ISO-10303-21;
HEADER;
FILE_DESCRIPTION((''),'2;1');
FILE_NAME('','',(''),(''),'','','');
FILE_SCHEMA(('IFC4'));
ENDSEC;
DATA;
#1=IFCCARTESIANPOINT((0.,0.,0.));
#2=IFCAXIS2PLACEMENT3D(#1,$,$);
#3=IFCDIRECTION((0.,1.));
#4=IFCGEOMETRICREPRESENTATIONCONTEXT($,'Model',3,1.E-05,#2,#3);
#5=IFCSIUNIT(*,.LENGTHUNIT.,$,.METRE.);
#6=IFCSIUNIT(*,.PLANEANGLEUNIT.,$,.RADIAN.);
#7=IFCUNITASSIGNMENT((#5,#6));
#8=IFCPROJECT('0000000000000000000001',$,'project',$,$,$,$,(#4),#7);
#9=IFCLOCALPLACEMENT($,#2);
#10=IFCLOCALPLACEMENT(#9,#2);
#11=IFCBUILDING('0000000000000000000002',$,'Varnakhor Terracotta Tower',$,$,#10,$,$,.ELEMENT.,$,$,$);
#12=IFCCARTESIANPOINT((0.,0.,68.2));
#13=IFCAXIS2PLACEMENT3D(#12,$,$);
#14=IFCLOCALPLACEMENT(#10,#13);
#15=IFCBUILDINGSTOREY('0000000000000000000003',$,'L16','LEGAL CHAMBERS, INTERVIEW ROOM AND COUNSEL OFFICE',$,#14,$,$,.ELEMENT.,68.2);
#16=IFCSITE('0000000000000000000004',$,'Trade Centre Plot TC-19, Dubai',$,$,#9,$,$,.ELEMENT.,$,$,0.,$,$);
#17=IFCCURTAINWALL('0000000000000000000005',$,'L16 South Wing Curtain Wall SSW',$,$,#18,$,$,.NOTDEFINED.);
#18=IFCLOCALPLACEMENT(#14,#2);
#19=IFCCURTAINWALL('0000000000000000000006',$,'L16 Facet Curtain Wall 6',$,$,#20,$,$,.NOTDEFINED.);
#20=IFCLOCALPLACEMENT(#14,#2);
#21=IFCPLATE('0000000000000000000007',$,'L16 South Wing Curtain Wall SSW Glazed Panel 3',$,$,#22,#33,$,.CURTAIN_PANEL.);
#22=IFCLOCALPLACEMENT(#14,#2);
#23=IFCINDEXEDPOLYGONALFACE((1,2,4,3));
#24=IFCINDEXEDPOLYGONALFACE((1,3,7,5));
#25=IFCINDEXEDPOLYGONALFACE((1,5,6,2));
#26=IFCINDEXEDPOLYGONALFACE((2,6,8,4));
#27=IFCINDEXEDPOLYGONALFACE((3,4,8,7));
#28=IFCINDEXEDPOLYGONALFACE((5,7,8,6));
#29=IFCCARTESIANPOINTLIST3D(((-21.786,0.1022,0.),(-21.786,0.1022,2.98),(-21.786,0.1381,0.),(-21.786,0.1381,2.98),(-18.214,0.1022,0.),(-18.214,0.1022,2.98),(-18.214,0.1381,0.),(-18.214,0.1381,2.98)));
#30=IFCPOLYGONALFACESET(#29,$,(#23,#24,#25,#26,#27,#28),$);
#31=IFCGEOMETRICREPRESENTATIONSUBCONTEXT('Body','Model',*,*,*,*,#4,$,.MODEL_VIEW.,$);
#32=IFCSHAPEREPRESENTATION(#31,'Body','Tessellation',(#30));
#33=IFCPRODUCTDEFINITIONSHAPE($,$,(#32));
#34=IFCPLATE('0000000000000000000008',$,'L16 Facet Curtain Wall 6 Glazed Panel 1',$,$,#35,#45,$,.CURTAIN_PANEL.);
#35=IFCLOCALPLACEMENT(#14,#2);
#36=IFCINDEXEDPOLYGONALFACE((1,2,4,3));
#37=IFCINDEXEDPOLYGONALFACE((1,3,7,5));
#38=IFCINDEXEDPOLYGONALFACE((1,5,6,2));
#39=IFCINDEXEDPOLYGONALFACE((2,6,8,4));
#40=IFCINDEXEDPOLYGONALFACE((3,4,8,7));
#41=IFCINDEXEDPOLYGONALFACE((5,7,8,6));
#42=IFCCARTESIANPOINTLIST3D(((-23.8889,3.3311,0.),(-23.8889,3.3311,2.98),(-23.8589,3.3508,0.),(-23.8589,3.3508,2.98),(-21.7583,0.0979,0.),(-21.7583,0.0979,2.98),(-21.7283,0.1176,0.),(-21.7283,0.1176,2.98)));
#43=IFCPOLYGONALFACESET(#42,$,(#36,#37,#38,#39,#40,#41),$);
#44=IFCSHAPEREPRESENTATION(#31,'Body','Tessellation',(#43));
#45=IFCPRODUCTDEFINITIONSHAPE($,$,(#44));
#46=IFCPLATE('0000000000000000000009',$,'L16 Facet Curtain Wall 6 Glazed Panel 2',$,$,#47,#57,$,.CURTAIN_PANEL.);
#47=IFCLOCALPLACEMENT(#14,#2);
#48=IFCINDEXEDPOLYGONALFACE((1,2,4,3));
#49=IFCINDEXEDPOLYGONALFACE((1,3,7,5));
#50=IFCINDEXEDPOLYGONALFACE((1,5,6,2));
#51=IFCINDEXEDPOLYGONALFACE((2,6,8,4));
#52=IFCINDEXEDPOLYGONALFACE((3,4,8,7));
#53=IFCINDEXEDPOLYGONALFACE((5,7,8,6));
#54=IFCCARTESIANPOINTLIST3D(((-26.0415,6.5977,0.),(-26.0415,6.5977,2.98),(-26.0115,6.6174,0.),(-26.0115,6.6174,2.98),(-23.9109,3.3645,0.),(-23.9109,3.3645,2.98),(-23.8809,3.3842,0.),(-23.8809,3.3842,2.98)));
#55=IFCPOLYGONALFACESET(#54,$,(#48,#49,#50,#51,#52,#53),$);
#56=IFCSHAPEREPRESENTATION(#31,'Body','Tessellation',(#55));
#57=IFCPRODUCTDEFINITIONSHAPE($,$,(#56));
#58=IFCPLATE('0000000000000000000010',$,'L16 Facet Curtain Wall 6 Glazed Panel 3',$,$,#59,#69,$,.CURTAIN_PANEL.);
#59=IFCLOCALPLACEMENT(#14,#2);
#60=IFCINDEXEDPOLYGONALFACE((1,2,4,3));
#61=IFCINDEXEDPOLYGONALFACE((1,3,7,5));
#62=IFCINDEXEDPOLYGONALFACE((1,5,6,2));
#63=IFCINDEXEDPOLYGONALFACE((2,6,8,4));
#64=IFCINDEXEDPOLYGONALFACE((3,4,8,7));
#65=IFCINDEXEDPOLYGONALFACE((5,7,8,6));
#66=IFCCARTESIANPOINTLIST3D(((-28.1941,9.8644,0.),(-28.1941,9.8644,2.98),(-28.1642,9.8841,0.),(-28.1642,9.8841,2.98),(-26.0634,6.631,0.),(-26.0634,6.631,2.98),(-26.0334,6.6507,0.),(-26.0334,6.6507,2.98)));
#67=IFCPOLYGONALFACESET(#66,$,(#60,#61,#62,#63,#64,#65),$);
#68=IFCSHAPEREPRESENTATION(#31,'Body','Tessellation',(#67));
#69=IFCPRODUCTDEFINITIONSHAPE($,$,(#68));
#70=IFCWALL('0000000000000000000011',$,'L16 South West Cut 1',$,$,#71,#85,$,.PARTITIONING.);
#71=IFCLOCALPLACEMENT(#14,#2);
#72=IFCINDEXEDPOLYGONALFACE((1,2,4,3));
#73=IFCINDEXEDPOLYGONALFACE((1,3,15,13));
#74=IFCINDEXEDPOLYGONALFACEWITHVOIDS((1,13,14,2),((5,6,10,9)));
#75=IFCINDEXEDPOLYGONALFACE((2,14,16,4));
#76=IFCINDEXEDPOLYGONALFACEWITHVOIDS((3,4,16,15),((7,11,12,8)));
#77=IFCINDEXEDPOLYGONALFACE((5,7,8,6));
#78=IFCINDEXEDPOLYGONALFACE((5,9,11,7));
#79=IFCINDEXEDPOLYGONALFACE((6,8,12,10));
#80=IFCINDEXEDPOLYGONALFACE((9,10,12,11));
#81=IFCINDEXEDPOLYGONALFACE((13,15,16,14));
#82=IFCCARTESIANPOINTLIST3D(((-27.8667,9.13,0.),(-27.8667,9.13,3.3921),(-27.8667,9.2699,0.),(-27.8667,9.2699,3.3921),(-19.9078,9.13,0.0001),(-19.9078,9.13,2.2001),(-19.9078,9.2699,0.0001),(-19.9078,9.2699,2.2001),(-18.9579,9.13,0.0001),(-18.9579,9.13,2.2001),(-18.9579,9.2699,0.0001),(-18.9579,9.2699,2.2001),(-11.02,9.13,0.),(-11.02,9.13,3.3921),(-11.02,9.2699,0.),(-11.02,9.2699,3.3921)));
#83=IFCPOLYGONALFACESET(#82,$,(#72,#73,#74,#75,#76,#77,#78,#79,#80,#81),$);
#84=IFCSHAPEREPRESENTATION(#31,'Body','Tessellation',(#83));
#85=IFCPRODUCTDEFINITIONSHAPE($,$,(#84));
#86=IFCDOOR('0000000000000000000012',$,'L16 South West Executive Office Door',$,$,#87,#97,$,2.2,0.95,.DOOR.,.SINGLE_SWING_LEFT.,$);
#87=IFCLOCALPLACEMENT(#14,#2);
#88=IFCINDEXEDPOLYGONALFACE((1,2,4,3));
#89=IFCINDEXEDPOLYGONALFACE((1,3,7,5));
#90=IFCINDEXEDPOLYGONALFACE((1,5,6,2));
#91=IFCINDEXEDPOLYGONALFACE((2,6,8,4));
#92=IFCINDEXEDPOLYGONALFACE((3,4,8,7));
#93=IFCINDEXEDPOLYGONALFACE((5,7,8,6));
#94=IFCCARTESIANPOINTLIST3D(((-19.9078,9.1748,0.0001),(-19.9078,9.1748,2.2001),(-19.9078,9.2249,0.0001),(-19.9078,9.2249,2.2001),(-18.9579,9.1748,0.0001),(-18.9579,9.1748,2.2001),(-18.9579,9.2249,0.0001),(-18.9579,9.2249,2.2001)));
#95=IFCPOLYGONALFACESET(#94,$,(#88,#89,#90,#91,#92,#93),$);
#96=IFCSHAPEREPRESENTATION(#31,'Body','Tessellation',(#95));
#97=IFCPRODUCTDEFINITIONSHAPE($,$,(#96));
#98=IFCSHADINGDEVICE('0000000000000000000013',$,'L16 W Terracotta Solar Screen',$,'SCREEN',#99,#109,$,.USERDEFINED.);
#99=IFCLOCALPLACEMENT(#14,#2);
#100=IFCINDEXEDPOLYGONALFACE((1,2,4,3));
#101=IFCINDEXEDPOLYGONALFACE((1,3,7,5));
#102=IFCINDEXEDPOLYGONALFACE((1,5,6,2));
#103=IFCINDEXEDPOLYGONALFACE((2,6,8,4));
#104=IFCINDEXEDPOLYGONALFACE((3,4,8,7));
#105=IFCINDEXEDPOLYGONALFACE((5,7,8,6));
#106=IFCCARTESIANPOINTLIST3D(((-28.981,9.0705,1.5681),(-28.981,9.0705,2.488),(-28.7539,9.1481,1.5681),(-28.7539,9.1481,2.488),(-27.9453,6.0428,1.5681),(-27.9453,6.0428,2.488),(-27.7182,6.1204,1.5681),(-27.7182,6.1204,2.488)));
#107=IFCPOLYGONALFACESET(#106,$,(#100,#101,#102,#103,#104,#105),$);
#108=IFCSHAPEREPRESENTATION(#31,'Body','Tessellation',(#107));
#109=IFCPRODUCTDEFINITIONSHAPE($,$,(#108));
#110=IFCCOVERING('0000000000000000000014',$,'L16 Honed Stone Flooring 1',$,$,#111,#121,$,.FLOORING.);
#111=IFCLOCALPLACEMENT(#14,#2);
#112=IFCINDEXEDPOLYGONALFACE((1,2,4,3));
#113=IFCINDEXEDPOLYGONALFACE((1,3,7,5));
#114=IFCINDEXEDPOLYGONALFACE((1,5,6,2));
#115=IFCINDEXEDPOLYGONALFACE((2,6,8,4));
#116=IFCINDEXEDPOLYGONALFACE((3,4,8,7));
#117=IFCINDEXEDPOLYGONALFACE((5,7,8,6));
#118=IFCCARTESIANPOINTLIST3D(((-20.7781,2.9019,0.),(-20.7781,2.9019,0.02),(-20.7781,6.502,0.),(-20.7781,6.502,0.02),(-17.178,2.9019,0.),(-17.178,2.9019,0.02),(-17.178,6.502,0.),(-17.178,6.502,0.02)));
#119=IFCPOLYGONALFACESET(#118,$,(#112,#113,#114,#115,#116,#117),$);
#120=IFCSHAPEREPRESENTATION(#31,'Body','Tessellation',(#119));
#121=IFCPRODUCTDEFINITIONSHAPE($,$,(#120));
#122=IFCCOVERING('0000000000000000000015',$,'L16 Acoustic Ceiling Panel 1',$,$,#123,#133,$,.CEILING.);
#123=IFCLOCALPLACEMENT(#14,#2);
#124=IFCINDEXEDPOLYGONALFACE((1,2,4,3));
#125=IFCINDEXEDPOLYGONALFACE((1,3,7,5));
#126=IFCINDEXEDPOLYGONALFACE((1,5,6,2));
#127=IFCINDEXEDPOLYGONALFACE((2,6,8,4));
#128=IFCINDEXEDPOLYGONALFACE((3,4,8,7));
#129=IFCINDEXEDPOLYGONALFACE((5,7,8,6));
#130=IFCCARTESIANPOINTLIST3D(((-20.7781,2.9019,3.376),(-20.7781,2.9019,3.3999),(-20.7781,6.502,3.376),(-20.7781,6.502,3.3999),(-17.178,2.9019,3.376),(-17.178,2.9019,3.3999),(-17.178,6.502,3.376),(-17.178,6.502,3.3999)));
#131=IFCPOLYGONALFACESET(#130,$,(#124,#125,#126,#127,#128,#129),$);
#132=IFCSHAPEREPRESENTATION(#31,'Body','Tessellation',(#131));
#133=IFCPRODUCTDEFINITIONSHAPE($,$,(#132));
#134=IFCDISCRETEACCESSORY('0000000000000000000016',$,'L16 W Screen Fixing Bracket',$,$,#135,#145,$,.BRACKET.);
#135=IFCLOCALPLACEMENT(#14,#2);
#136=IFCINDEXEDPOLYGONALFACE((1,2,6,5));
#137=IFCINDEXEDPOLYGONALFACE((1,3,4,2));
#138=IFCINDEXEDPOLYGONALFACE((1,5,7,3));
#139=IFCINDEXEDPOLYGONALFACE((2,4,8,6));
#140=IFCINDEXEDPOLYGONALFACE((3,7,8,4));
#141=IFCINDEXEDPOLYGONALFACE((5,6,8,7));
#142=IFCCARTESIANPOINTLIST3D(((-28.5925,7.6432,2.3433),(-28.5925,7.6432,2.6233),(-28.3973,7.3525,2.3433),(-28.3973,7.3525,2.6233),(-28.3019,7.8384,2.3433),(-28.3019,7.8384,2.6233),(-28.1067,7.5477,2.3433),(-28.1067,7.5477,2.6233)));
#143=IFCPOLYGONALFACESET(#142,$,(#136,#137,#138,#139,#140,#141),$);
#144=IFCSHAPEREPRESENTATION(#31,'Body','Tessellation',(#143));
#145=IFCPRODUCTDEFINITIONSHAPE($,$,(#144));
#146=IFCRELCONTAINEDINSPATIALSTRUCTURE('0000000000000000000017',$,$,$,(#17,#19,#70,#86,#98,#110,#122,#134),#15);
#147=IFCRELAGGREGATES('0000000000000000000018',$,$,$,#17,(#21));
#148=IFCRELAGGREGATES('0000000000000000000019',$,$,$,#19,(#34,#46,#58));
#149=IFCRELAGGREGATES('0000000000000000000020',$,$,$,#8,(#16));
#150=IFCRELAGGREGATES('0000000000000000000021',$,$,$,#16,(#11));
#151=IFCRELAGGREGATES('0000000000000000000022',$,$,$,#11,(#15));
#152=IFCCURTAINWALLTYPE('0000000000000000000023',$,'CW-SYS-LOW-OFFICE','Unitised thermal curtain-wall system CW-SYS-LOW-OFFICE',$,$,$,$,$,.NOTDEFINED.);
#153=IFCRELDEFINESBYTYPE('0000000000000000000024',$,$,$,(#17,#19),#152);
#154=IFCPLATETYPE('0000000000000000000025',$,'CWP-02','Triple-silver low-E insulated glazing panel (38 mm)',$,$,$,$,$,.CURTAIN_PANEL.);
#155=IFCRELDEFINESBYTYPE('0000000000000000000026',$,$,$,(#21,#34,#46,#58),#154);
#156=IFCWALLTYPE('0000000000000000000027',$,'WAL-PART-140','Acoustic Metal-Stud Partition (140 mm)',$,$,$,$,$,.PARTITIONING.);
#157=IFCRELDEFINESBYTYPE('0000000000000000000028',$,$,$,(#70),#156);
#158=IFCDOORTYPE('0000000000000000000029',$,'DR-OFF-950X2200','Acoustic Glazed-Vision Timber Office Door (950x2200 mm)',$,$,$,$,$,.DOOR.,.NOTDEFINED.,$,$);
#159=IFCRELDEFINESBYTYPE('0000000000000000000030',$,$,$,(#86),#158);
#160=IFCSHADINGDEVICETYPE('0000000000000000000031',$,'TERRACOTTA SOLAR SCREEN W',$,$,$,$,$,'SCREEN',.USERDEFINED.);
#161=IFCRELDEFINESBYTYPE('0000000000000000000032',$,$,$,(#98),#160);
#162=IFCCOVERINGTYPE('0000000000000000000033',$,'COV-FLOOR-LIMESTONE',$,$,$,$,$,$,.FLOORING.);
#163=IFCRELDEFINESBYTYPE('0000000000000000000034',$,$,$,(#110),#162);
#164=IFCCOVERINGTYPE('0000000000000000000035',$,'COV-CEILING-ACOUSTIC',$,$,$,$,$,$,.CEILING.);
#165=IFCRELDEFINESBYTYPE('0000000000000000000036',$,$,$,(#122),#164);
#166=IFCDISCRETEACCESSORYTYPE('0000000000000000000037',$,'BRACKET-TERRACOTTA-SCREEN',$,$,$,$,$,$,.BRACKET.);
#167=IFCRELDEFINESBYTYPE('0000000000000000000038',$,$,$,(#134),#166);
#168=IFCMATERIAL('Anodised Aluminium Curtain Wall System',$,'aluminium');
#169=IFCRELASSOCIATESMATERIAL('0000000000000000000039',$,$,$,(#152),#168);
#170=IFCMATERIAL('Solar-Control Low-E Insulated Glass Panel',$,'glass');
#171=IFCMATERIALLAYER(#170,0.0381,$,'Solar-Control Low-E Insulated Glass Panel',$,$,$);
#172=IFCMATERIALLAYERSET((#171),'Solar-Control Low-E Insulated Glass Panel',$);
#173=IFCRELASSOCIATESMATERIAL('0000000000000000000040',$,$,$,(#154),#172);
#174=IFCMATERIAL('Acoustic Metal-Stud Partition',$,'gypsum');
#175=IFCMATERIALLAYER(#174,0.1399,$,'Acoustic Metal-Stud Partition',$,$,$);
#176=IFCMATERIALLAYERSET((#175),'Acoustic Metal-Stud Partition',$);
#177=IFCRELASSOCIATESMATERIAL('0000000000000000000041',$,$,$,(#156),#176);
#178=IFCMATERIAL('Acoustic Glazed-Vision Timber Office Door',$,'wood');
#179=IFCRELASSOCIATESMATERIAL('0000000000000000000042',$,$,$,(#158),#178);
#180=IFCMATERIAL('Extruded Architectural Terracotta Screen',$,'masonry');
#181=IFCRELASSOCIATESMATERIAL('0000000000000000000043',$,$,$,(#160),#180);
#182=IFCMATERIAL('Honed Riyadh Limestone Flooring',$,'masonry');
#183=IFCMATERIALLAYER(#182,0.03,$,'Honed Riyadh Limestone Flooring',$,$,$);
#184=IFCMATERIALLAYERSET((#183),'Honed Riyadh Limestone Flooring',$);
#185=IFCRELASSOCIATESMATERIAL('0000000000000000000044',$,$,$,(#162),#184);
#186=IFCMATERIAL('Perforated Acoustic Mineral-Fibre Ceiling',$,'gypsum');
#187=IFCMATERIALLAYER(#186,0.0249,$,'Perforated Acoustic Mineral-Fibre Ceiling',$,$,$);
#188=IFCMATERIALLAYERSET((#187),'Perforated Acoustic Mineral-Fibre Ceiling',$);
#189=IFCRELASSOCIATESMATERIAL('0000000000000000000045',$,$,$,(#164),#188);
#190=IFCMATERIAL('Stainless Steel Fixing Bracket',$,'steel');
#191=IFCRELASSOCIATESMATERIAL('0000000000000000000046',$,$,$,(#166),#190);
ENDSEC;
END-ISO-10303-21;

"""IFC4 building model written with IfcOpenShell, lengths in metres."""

from ifc_helpers import new_model, si_unit, direction, frame, frame_2d, origin, origin_2d, place, context, subcontext, project, spatial, rectangle, extrude, source, transform, mapped, material, layer, layer_set, type_object, type_shapes, element, fill, aggregate, save


model = new_model("IFC4")

# Units and contexts
model_context = context("Model", 3, precision=1e-05, world=origin(), true_north=direction((0.0, 1.0)))
body_context = subcontext(model_context, "Body", "Model", "MODEL_VIEW")
ifc_project = project(units=[si_unit("LENGTHUNIT", "METRE"), si_unit("PLANEANGLEUNIT", "RADIAN")], contexts=[model_context])

# Site, building, storey
site_placement = place(None, origin())
site = spatial("IfcSite", under=ifc_project, at=site_placement, Name="Trade Centre Plot TC-19, Dubai", CompositionType="ELEMENT", RefElevation=0.0)
building_placement = place(site_placement, origin())
building = spatial("IfcBuilding", under=site, at=building_placement, Name="Varnakhor Terracotta Tower", CompositionType="ELEMENT")
storey_placement = place(building_placement, frame((0.0, 0.0, 68.2)))
storey = spatial("IfcBuildingStorey", under=building, at=storey_placement, Name="L16", Description="LEGAL CHAMBERS, INTERVIEW ROOM AND COUNSEL OFFICE", CompositionType="ELEMENT", Elevation=68.2)

# Shared definitions
ifc_material_1 = material(Name="Anodised Aluminium Curtain Wall System", Category="aluminium")
curtain_wall_type = type_object("IfcCurtainWallType", Name="CW-SYS-LOW-OFFICE", Description="Unitised thermal curtain-wall system CW-SYS-LOW-OFFICE", PredefinedType="NOTDEFINED", material=ifc_material_1)

# Curtain walls
curtain_wall_1_placement = place(storey_placement, origin())
curtain_wall_1 = element("IfcCurtainWall", 1, at=curtain_wall_1_placement, inside=storey, type_object=curtain_wall_type, Name="L16 South Wing Curtain Wall SSW", PredefinedType="NOTDEFINED")
curtain_wall_2_placement = place(storey_placement, origin())
curtain_wall_2 = element("IfcCurtainWall", 2, at=curtain_wall_2_placement, inside=storey, type_object=curtain_wall_type, Name="L16 Facet Curtain Wall 6", PredefinedType="NOTDEFINED")

# Plates
ifc_material_2 = material(Name="Solar-Control Low-E Insulated Glass Panel", Category="glass")
ifc_layer_1 = layer(ifc_material_2, 0.0381, Name="Solar-Control Low-E Insulated Glass Panel")
ifc_layer_set_1 = layer_set([ifc_layer_1], Name="Solar-Control Low-E Insulated Glass Panel")
plate_type = type_object("IfcPlateType", Name="CWP-02", Description="Triple-silver low-E insulated glazing panel (38 mm)", PredefinedType="CURTAIN_PANEL", material=ifc_layer_set_1)
shared_shape_1 = source(origin(), body_context, "Body", "SweptSolid", [
    extrude(rectangle(XDim=3.572, YDim=0.0359, at=origin_2d()), origin(), (0.0, 0.0, 1.0), 2.98),
])
plate_1_placement = place(storey_placement, frame((-20.0, 0.1201, 0.0), z_axis=(0.0, 0.0, 1.0), x_axis=(-1.0, 0.0, 0.0)))
plate_1 = element("IfcPlate", 3, at=plate_1_placement, type_object=plate_type, Name="L16 South Wing Curtain Wall SSW Glazed Panel 3", PredefinedType="CURTAIN_PANEL", context=body_context, shape_type="MappedRepresentation", body=[
    mapped(shared_shape_1, transform((0.0, 0.0, 0.0), scale=1.0)),
])
aggregate(curtain_wall_1, [plate_1])
shared_shape_2 = source(origin(), body_context, "Body", "SweptSolid", [
    extrude(rectangle(XDim=3.8721, YDim=0.0359, at=origin_2d()), origin(), (0.0, 0.0, 1.0), 2.98),
])
plate_2_placement = place(storey_placement, frame((-22.8086, 1.7244, 0.0), z_axis=(0.0, 0.0, 1.0), x_axis=(-0.550248, 0.835002, 0.0)))
plate_2 = element("IfcPlate", 4, at=plate_2_placement, type_object=plate_type, Name="L16 Facet Curtain Wall 6 Glazed Panel 1", PredefinedType="CURTAIN_PANEL", context=body_context, shape_type="MappedRepresentation", body=[
    mapped(shared_shape_2, transform((0.0, 0.0, 0.0), scale=1.0)),
])
plate_3_placement = place(storey_placement, frame((-24.9612, 4.991, 0.0), z_axis=(0.0, 0.0, 1.0), x_axis=(-0.550248, 0.835002, 0.0)))
plate_3 = element("IfcPlate", 5, at=plate_3_placement, type_object=plate_type, Name="L16 Facet Curtain Wall 6 Glazed Panel 2", PredefinedType="CURTAIN_PANEL", context=body_context, shape_type="MappedRepresentation", body=[
    mapped(shared_shape_2, transform((0.0, 0.0, 0.0), scale=1.0)),
])
shared_shape_3 = source(origin(), body_context, "Body", "SweptSolid", [
    extrude(rectangle(XDim=3.8723, YDim=0.0359, at=origin_2d()), origin(), (0.0, 0.0, 1.0), 2.98),
])
plate_4_placement = place(storey_placement, frame((-27.1138, 8.2576, 0.0), z_axis=(0.0, 0.0, 1.0), x_axis=(-0.550248, 0.835002, 0.0)))
plate_4 = element("IfcPlate", 6, at=plate_4_placement, type_object=plate_type, Name="L16 Facet Curtain Wall 6 Glazed Panel 3", PredefinedType="CURTAIN_PANEL", context=body_context, shape_type="MappedRepresentation", body=[
    mapped(shared_shape_3, transform((0.0, 0.0, 0.0), scale=1.0)),
])
aggregate(curtain_wall_2, [plate_2, plate_3, plate_4])

# Wall, opening, door
ifc_material_3 = material(Name="Acoustic Metal-Stud Partition", Category="gypsum")
ifc_layer_2 = layer(ifc_material_3, 0.1399, Name="Acoustic Metal-Stud Partition")
ifc_layer_set_2 = layer_set([ifc_layer_2], Name="Acoustic Metal-Stud Partition")
wall_type = type_object("IfcWallType", Name="WAL-PART-140", Description="Acoustic Metal-Stud Partition (140 mm)", PredefinedType="PARTITIONING", material=ifc_layer_set_2)
wall_placement = place(storey_placement, frame((-27.8667, 9.2, 0.0), z_axis=(0.0, 0.0, 1.0), x_axis=(1.0, 0.0, 0.0)))
wall = element("IfcWall", 7, at=wall_placement, inside=storey, type_object=wall_type, Name="L16 South West Cut 1", PredefinedType="PARTITIONING", context=body_context, shape_type="SweptSolid", body=[
    extrude(rectangle(XDim=16.8467, YDim=0.1399, at=frame_2d((8.4233, 0.0))), origin(), (0.0, 0.0, 1.0), 3.3921),
])
opening_placement = place(wall_placement, frame((7.9587, 0.0, 0.0)))
opening = element("IfcOpeningElement", 8, at=opening_placement, cuts=wall, PredefinedType="OPENING", context=body_context, shape_type="SweptSolid", body=[
    extrude(rectangle(XDim=0.95, YDim=2.2, at=frame_2d((0.4751, 1.1001))), frame((0.0, 0.0801, 0.0), z_axis=(0.0, -1.0, 0.0), x_axis=(1.0, 0.0, 0.0)), (0.0, 0.0, 1.0), 0.1599),
])
ifc_material_4 = material(Name="Acoustic Glazed-Vision Timber Office Door", Category="wood")
door_type = type_object("IfcDoorType", Name="DR-OFF-950X2200", Description="Acoustic Glazed-Vision Timber Office Door (950x2200 mm)", OperationType="NOTDEFINED", PredefinedType="DOOR", material=ifc_material_4)
shared_shape_4 = source(origin(), body_context, "Body", "SweptSolid", [
    extrude(rectangle(XDim=0.95, YDim=2.2, at=frame_2d((0.4751, 1.1001))), frame((0.0, 0.0249, 0.0), z_axis=(0.0, -1.0, 0.0), x_axis=(1.0, 0.0, 0.0)), (0.0, 0.0, 1.0), 0.05),
])
type_shapes(door_type, [shared_shape_4])
door_placement = place(opening_placement, origin())
door = element("IfcDoor", 9, at=door_placement, inside=storey, type_object=door_type, Name="L16 South West Executive Office Door", OperationType="SINGLE_SWING_LEFT", OverallHeight=2.2, OverallWidth=0.95, PredefinedType="DOOR", context=body_context, shape_type="MappedRepresentation", body=[
    mapped(shared_shape_4, transform((0.0, 0.0, 0.0), scale=1.0)),
])
fill(opening, door)

# Shading device
ifc_material_5 = material(Name="Extruded Architectural Terracotta Screen", Category="masonry")
shading_device_type = type_object("IfcShadingDeviceType", Name="TERRACOTTA SOLAR SCREEN W", ElementType="SCREEN", PredefinedType="USERDEFINED", material=ifc_material_5)
shared_shape_5 = source(origin(), body_context, "Body", "SweptSolid", [
    extrude(rectangle(XDim=3.2, YDim=0.24, at=origin_2d()), origin(), (0.0, 0.0, 1.0), 0.9199),
])
type_shapes(shading_device_type, [shared_shape_5])
shading_device_placement = place(storey_placement, frame((-28.3496, 7.5955, 1.5681), z_axis=(0.0, 0.0, 1.0), x_axis=(0.32367, -0.94617, 0.0)))
element("IfcShadingDevice", 10, at=shading_device_placement, inside=storey, type_object=shading_device_type, Name="L16 W Terracotta Solar Screen", ObjectType="SCREEN", PredefinedType="USERDEFINED", context=body_context, shape_type="MappedRepresentation", body=[
    mapped(shared_shape_5, transform((0.0, 0.0, 0.0), scale=1.0)),
])

# Coverings
ifc_material_6 = material(Name="Honed Riyadh Limestone Flooring", Category="masonry")
ifc_layer_3 = layer(ifc_material_6, 0.03, Name="Honed Riyadh Limestone Flooring")
ifc_layer_set_3 = layer_set([ifc_layer_3], Name="Honed Riyadh Limestone Flooring")
covering_type_1 = type_object("IfcCoveringType", Name="COV-FLOOR-LIMESTONE", PredefinedType="FLOORING", material=ifc_layer_set_3)
shared_shape_6 = source(origin(), body_context, "Body", "SweptSolid", [
    extrude(rectangle(XDim=3.6001, YDim=3.6001, at=origin_2d()), origin(), (0.0, 0.0, 1.0), 0.02),
])
covering_1_placement = place(storey_placement, frame((-18.978, 4.7019, 0.0), z_axis=(0.0, 0.0, 1.0), x_axis=(1.0, 0.0, 0.0)))
element("IfcCovering", 11, at=covering_1_placement, inside=storey, type_object=covering_type_1, Name="L16 Honed Stone Flooring 1", PredefinedType="FLOORING", context=body_context, shape_type="MappedRepresentation", body=[
    mapped(shared_shape_6, transform((0.0, 0.0, 0.0), scale=1.0)),
])
ifc_material_7 = material(Name="Perforated Acoustic Mineral-Fibre Ceiling", Category="gypsum")
ifc_layer_4 = layer(ifc_material_7, 0.0249, Name="Perforated Acoustic Mineral-Fibre Ceiling")
ifc_layer_set_4 = layer_set([ifc_layer_4], Name="Perforated Acoustic Mineral-Fibre Ceiling")
covering_type_2 = type_object("IfcCoveringType", Name="COV-CEILING-ACOUSTIC", PredefinedType="CEILING", material=ifc_layer_set_4)
shared_shape_7 = source(origin(), body_context, "Body", "SweptSolid", [
    extrude(rectangle(XDim=3.6001, YDim=3.6001, at=origin_2d()), origin(), (0.0, 0.0, 1.0), 0.0239),
])
covering_2_placement = place(storey_placement, frame((-18.978, 4.7019, 3.376), z_axis=(0.0, 0.0, 1.0), x_axis=(1.0, 0.0, 0.0)))
element("IfcCovering", 12, at=covering_2_placement, inside=storey, type_object=covering_type_2, Name="L16 Acoustic Ceiling Panel 1", PredefinedType="CEILING", context=body_context, shape_type="MappedRepresentation", body=[
    mapped(shared_shape_7, transform((0.0, 0.0, 0.0), scale=1.0)),
])

# Discrete accessory
ifc_material_8 = material(Name="Stainless Steel Fixing Bracket", Category="steel")
discrete_accessory_type = type_object("IfcDiscreteAccessoryType", Name="BRACKET-TERRACOTTA-SCREEN", PredefinedType="BRACKET", material=ifc_material_8)
shared_shape_8 = source(origin(), body_context, "Body", "SweptSolid", [
    extrude(rectangle(XDim=0.3501, YDim=0.3501, at=origin_2d()), origin(), (0.0, 0.0, 1.0), 0.28),
])
type_shapes(discrete_accessory_type, [shared_shape_8])
discrete_accessory_placement = place(storey_placement, frame((-28.3496, 7.5955, 2.3433), z_axis=(0.0, 0.0, 1.0), x_axis=(0.557528, -0.830158, 0.0)))
element("IfcDiscreteAccessory", 13, at=discrete_accessory_placement, inside=storey, type_object=discrete_accessory_type, Name="L16 W Screen Fixing Bracket", PredefinedType="BRACKET", context=body_context, shape_type="MappedRepresentation", body=[
    mapped(shared_shape_8, transform((0.0, 0.0, 0.0), scale=1.0)),
])

save(model, "model.ifc")
